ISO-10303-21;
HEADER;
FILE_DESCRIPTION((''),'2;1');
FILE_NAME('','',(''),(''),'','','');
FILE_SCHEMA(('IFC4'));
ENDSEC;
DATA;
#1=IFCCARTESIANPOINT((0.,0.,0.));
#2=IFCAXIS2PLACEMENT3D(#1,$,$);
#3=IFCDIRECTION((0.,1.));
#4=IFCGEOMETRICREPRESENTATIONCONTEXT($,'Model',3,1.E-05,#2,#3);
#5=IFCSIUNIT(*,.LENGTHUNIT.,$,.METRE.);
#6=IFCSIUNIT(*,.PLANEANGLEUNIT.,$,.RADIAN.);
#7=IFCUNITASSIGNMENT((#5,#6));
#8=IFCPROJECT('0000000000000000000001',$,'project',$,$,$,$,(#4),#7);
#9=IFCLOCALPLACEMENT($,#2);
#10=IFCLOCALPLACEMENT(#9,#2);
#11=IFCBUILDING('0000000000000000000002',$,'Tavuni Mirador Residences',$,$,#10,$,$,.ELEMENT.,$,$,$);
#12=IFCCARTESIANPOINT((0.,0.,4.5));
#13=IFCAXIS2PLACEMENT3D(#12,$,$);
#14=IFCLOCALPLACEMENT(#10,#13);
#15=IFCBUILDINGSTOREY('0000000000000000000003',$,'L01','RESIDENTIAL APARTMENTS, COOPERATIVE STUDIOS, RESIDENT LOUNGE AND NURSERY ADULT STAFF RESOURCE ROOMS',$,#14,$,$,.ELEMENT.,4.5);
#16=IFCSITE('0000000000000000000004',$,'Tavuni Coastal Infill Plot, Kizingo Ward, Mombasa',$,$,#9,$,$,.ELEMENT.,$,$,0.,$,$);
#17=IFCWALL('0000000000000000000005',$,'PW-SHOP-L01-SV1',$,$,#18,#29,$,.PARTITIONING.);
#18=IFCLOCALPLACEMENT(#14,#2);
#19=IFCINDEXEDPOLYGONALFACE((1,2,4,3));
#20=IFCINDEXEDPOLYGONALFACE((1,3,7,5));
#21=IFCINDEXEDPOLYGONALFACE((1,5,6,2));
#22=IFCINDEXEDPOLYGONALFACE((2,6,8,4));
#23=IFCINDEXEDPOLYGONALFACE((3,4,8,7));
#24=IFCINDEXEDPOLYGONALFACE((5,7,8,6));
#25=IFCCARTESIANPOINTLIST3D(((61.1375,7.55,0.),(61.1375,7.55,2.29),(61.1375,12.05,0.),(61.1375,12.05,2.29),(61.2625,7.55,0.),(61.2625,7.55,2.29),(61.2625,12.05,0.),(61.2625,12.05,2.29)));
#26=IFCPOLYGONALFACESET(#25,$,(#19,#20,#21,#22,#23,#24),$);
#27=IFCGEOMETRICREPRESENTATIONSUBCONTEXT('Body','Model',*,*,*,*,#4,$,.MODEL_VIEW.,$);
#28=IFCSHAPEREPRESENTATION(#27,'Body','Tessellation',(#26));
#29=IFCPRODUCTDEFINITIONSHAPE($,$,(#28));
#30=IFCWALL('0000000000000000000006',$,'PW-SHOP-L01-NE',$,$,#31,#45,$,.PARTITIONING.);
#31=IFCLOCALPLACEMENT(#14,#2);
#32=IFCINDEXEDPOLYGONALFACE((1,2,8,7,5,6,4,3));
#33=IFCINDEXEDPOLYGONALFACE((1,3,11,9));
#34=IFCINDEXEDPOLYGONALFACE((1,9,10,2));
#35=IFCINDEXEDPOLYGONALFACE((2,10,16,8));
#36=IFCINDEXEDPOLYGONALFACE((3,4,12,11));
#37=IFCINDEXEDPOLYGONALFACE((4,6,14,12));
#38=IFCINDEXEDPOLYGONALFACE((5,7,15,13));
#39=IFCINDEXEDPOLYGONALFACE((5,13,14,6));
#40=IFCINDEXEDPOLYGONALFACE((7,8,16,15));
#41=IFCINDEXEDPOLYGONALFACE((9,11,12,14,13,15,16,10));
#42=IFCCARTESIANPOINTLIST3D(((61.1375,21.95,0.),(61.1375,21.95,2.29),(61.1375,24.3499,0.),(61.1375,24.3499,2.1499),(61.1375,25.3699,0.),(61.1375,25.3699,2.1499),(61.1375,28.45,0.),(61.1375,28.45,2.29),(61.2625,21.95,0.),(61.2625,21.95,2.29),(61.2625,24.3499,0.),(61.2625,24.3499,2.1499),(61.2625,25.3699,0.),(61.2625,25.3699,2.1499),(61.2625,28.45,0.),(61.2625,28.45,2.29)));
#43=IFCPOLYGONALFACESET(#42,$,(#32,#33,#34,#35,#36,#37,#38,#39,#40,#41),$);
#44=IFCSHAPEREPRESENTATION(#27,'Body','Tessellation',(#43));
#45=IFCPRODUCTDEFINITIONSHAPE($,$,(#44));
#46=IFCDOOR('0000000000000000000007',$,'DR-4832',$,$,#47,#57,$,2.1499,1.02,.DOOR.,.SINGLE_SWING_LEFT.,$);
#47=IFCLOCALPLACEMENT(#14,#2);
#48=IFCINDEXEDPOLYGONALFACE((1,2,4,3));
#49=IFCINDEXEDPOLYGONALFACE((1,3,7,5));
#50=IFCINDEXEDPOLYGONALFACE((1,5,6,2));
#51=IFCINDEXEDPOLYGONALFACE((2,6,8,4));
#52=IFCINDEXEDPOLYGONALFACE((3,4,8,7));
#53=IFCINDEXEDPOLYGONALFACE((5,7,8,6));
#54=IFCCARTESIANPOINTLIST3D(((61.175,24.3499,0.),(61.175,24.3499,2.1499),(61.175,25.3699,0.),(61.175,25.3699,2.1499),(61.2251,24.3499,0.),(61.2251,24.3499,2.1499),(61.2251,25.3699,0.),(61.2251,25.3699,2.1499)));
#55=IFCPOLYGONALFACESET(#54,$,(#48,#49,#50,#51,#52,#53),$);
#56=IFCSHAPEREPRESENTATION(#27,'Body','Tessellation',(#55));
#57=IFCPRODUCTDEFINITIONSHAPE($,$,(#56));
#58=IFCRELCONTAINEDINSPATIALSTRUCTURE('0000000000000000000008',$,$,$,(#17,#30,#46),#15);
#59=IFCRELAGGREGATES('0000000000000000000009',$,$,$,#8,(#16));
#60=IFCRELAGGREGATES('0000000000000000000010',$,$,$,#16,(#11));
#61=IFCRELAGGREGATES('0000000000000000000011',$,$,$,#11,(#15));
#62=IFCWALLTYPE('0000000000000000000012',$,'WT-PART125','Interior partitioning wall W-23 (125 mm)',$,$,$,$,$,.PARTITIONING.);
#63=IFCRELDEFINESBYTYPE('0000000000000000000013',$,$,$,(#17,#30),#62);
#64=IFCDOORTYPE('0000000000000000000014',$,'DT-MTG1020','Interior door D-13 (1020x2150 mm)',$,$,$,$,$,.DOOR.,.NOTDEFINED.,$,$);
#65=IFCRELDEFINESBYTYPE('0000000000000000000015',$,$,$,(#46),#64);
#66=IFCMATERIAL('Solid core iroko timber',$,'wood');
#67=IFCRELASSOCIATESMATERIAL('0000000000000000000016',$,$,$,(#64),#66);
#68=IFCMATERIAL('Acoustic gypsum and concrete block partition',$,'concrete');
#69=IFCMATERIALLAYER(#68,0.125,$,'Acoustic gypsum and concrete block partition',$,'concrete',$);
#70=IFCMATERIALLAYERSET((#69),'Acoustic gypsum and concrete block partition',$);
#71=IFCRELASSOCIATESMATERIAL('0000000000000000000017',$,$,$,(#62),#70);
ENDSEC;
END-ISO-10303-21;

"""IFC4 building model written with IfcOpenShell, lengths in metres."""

from ifc_helpers import new_model, si_unit, direction, frame, frame_2d, origin, place, context, subcontext, project, spatial, rectangle, extrude, material, layer, layer_set, type_object, element, fill, save


model = new_model("IFC4")

# Units and contexts
model_context = context("Model", 3, precision=1e-05, world=origin(), true_north=direction((0.0, 1.0)))
body_context = subcontext(model_context, "Body", "Model", "MODEL_VIEW")
ifc_project = project(units=[si_unit("LENGTHUNIT", "METRE"), si_unit("PLANEANGLEUNIT", "RADIAN")], contexts=[model_context])

# Site, building, storey
site_placement = place(None, origin())
site = spatial("IfcSite", under=ifc_project, at=site_placement, Name="Tavuni Coastal Infill Plot, Kizingo Ward, Mombasa", CompositionType="ELEMENT", RefElevation=0.0)
building_placement = place(site_placement, origin())
building = spatial("IfcBuilding", under=site, at=building_placement, Name="Tavuni Mirador Residences", CompositionType="ELEMENT")
storey_placement = place(building_placement, frame((0.0, 0.0, 4.5)))
storey = spatial("IfcBuildingStorey", under=building, at=storey_placement, Name="L01", Description="RESIDENTIAL APARTMENTS, COOPERATIVE STUDIOS, RESIDENT LOUNGE AND NURSERY ADULT STAFF RESOURCE ROOMS", CompositionType="ELEMENT", Elevation=4.5)

# Shared definitions
ifc_material_1 = material(Name="Solid core iroko timber", Category="wood")
door_type_1 = type_object("IfcDoorType", Name="DT-MTG1020", Description="Interior door D-13 (1020x2150 mm)", OperationType="NOTDEFINED", PredefinedType="DOOR", material=ifc_material_1)

# Wall
ifc_material_2 = material(Name="Acoustic gypsum and concrete block partition", Category="concrete")
ifc_layer_1 = layer(ifc_material_2, 0.125, Name="Acoustic gypsum and concrete block partition", Category="concrete")
ifc_layer_set_1 = layer_set([ifc_layer_1], Name="Acoustic gypsum and concrete block partition")
wall_type_1 = type_object("IfcWallType", Name="WT-PART125", Description="Interior partitioning wall W-23 (125 mm)", PredefinedType="PARTITIONING", material=ifc_layer_set_1)
wall_1_placement = place(storey_placement, frame((61.2, 7.55, 0.0), z_axis=(0.0, 0.0, 1.0), x_axis=(0.0, 1.0, 0.0)))
element("IfcWall", 1, at=wall_1_placement, inside=storey, type_object=wall_type_1, Name="PW-SHOP-L01-SV1", PredefinedType="PARTITIONING", context=body_context, shape_type="SweptSolid", body=[
    extrude(rectangle(XDim=4.5, YDim=0.125, at=frame_2d((2.25, 0.0))), origin(), (0.0, 0.0, 1.0), 2.29),
])

# Wall, opening, door
wall_2_placement = place(storey_placement, frame((61.2, 21.95, 0.0), z_axis=(0.0, 0.0, 1.0), x_axis=(0.0, 1.0, 0.0)))
wall_2 = element("IfcWall", 2, at=wall_2_placement, inside=storey, type_object=wall_type_1, Name="PW-SHOP-L01-NE", PredefinedType="PARTITIONING", context=body_context, shape_type="SweptSolid", body=[
    extrude(rectangle(XDim=6.5, YDim=0.125, at=frame_2d((3.25, 0.0))), origin(), (0.0, 0.0, 1.0), 2.29),
])
opening_1_placement = place(wall_2_placement, frame((2.3999, 0.0, 0.0)))
opening_1 = element("IfcOpeningElement", 3, at=opening_1_placement, cuts=wall_2, PredefinedType="OPENING", context=body_context, shape_type="SweptSolid", body=[
    extrude(rectangle(XDim=1.02, YDim=2.1499, at=frame_2d((0.51, 1.075))), frame((0.0, 0.0725, 0.0), z_axis=(0.0, -1.0, 0.0), x_axis=(1.0, 0.0, 0.0)), (0.0, 0.0, 1.0), 0.145),
])
door_1_placement = place(opening_1_placement, origin())
door_1 = element("IfcDoor", 4, at=door_1_placement, inside=storey, type_object=door_type_1, Name="DR-4832", OperationType="SINGLE_SWING_LEFT", OverallHeight=2.1499, OverallWidth=1.02, PredefinedType="DOOR", context=body_context, shape_type="SweptSolid", body=[
    extrude(rectangle(XDim=1.02, YDim=2.1499, at=frame_2d((0.51, 1.075))), frame((0.0, 0.0249, 0.0), z_axis=(0.0, -1.0, 0.0), x_axis=(1.0, 0.0, 0.0)), (0.0, 0.0, 1.0), 0.05),
])
fill(opening_1, door_1)

save(model, "model.ifc")
